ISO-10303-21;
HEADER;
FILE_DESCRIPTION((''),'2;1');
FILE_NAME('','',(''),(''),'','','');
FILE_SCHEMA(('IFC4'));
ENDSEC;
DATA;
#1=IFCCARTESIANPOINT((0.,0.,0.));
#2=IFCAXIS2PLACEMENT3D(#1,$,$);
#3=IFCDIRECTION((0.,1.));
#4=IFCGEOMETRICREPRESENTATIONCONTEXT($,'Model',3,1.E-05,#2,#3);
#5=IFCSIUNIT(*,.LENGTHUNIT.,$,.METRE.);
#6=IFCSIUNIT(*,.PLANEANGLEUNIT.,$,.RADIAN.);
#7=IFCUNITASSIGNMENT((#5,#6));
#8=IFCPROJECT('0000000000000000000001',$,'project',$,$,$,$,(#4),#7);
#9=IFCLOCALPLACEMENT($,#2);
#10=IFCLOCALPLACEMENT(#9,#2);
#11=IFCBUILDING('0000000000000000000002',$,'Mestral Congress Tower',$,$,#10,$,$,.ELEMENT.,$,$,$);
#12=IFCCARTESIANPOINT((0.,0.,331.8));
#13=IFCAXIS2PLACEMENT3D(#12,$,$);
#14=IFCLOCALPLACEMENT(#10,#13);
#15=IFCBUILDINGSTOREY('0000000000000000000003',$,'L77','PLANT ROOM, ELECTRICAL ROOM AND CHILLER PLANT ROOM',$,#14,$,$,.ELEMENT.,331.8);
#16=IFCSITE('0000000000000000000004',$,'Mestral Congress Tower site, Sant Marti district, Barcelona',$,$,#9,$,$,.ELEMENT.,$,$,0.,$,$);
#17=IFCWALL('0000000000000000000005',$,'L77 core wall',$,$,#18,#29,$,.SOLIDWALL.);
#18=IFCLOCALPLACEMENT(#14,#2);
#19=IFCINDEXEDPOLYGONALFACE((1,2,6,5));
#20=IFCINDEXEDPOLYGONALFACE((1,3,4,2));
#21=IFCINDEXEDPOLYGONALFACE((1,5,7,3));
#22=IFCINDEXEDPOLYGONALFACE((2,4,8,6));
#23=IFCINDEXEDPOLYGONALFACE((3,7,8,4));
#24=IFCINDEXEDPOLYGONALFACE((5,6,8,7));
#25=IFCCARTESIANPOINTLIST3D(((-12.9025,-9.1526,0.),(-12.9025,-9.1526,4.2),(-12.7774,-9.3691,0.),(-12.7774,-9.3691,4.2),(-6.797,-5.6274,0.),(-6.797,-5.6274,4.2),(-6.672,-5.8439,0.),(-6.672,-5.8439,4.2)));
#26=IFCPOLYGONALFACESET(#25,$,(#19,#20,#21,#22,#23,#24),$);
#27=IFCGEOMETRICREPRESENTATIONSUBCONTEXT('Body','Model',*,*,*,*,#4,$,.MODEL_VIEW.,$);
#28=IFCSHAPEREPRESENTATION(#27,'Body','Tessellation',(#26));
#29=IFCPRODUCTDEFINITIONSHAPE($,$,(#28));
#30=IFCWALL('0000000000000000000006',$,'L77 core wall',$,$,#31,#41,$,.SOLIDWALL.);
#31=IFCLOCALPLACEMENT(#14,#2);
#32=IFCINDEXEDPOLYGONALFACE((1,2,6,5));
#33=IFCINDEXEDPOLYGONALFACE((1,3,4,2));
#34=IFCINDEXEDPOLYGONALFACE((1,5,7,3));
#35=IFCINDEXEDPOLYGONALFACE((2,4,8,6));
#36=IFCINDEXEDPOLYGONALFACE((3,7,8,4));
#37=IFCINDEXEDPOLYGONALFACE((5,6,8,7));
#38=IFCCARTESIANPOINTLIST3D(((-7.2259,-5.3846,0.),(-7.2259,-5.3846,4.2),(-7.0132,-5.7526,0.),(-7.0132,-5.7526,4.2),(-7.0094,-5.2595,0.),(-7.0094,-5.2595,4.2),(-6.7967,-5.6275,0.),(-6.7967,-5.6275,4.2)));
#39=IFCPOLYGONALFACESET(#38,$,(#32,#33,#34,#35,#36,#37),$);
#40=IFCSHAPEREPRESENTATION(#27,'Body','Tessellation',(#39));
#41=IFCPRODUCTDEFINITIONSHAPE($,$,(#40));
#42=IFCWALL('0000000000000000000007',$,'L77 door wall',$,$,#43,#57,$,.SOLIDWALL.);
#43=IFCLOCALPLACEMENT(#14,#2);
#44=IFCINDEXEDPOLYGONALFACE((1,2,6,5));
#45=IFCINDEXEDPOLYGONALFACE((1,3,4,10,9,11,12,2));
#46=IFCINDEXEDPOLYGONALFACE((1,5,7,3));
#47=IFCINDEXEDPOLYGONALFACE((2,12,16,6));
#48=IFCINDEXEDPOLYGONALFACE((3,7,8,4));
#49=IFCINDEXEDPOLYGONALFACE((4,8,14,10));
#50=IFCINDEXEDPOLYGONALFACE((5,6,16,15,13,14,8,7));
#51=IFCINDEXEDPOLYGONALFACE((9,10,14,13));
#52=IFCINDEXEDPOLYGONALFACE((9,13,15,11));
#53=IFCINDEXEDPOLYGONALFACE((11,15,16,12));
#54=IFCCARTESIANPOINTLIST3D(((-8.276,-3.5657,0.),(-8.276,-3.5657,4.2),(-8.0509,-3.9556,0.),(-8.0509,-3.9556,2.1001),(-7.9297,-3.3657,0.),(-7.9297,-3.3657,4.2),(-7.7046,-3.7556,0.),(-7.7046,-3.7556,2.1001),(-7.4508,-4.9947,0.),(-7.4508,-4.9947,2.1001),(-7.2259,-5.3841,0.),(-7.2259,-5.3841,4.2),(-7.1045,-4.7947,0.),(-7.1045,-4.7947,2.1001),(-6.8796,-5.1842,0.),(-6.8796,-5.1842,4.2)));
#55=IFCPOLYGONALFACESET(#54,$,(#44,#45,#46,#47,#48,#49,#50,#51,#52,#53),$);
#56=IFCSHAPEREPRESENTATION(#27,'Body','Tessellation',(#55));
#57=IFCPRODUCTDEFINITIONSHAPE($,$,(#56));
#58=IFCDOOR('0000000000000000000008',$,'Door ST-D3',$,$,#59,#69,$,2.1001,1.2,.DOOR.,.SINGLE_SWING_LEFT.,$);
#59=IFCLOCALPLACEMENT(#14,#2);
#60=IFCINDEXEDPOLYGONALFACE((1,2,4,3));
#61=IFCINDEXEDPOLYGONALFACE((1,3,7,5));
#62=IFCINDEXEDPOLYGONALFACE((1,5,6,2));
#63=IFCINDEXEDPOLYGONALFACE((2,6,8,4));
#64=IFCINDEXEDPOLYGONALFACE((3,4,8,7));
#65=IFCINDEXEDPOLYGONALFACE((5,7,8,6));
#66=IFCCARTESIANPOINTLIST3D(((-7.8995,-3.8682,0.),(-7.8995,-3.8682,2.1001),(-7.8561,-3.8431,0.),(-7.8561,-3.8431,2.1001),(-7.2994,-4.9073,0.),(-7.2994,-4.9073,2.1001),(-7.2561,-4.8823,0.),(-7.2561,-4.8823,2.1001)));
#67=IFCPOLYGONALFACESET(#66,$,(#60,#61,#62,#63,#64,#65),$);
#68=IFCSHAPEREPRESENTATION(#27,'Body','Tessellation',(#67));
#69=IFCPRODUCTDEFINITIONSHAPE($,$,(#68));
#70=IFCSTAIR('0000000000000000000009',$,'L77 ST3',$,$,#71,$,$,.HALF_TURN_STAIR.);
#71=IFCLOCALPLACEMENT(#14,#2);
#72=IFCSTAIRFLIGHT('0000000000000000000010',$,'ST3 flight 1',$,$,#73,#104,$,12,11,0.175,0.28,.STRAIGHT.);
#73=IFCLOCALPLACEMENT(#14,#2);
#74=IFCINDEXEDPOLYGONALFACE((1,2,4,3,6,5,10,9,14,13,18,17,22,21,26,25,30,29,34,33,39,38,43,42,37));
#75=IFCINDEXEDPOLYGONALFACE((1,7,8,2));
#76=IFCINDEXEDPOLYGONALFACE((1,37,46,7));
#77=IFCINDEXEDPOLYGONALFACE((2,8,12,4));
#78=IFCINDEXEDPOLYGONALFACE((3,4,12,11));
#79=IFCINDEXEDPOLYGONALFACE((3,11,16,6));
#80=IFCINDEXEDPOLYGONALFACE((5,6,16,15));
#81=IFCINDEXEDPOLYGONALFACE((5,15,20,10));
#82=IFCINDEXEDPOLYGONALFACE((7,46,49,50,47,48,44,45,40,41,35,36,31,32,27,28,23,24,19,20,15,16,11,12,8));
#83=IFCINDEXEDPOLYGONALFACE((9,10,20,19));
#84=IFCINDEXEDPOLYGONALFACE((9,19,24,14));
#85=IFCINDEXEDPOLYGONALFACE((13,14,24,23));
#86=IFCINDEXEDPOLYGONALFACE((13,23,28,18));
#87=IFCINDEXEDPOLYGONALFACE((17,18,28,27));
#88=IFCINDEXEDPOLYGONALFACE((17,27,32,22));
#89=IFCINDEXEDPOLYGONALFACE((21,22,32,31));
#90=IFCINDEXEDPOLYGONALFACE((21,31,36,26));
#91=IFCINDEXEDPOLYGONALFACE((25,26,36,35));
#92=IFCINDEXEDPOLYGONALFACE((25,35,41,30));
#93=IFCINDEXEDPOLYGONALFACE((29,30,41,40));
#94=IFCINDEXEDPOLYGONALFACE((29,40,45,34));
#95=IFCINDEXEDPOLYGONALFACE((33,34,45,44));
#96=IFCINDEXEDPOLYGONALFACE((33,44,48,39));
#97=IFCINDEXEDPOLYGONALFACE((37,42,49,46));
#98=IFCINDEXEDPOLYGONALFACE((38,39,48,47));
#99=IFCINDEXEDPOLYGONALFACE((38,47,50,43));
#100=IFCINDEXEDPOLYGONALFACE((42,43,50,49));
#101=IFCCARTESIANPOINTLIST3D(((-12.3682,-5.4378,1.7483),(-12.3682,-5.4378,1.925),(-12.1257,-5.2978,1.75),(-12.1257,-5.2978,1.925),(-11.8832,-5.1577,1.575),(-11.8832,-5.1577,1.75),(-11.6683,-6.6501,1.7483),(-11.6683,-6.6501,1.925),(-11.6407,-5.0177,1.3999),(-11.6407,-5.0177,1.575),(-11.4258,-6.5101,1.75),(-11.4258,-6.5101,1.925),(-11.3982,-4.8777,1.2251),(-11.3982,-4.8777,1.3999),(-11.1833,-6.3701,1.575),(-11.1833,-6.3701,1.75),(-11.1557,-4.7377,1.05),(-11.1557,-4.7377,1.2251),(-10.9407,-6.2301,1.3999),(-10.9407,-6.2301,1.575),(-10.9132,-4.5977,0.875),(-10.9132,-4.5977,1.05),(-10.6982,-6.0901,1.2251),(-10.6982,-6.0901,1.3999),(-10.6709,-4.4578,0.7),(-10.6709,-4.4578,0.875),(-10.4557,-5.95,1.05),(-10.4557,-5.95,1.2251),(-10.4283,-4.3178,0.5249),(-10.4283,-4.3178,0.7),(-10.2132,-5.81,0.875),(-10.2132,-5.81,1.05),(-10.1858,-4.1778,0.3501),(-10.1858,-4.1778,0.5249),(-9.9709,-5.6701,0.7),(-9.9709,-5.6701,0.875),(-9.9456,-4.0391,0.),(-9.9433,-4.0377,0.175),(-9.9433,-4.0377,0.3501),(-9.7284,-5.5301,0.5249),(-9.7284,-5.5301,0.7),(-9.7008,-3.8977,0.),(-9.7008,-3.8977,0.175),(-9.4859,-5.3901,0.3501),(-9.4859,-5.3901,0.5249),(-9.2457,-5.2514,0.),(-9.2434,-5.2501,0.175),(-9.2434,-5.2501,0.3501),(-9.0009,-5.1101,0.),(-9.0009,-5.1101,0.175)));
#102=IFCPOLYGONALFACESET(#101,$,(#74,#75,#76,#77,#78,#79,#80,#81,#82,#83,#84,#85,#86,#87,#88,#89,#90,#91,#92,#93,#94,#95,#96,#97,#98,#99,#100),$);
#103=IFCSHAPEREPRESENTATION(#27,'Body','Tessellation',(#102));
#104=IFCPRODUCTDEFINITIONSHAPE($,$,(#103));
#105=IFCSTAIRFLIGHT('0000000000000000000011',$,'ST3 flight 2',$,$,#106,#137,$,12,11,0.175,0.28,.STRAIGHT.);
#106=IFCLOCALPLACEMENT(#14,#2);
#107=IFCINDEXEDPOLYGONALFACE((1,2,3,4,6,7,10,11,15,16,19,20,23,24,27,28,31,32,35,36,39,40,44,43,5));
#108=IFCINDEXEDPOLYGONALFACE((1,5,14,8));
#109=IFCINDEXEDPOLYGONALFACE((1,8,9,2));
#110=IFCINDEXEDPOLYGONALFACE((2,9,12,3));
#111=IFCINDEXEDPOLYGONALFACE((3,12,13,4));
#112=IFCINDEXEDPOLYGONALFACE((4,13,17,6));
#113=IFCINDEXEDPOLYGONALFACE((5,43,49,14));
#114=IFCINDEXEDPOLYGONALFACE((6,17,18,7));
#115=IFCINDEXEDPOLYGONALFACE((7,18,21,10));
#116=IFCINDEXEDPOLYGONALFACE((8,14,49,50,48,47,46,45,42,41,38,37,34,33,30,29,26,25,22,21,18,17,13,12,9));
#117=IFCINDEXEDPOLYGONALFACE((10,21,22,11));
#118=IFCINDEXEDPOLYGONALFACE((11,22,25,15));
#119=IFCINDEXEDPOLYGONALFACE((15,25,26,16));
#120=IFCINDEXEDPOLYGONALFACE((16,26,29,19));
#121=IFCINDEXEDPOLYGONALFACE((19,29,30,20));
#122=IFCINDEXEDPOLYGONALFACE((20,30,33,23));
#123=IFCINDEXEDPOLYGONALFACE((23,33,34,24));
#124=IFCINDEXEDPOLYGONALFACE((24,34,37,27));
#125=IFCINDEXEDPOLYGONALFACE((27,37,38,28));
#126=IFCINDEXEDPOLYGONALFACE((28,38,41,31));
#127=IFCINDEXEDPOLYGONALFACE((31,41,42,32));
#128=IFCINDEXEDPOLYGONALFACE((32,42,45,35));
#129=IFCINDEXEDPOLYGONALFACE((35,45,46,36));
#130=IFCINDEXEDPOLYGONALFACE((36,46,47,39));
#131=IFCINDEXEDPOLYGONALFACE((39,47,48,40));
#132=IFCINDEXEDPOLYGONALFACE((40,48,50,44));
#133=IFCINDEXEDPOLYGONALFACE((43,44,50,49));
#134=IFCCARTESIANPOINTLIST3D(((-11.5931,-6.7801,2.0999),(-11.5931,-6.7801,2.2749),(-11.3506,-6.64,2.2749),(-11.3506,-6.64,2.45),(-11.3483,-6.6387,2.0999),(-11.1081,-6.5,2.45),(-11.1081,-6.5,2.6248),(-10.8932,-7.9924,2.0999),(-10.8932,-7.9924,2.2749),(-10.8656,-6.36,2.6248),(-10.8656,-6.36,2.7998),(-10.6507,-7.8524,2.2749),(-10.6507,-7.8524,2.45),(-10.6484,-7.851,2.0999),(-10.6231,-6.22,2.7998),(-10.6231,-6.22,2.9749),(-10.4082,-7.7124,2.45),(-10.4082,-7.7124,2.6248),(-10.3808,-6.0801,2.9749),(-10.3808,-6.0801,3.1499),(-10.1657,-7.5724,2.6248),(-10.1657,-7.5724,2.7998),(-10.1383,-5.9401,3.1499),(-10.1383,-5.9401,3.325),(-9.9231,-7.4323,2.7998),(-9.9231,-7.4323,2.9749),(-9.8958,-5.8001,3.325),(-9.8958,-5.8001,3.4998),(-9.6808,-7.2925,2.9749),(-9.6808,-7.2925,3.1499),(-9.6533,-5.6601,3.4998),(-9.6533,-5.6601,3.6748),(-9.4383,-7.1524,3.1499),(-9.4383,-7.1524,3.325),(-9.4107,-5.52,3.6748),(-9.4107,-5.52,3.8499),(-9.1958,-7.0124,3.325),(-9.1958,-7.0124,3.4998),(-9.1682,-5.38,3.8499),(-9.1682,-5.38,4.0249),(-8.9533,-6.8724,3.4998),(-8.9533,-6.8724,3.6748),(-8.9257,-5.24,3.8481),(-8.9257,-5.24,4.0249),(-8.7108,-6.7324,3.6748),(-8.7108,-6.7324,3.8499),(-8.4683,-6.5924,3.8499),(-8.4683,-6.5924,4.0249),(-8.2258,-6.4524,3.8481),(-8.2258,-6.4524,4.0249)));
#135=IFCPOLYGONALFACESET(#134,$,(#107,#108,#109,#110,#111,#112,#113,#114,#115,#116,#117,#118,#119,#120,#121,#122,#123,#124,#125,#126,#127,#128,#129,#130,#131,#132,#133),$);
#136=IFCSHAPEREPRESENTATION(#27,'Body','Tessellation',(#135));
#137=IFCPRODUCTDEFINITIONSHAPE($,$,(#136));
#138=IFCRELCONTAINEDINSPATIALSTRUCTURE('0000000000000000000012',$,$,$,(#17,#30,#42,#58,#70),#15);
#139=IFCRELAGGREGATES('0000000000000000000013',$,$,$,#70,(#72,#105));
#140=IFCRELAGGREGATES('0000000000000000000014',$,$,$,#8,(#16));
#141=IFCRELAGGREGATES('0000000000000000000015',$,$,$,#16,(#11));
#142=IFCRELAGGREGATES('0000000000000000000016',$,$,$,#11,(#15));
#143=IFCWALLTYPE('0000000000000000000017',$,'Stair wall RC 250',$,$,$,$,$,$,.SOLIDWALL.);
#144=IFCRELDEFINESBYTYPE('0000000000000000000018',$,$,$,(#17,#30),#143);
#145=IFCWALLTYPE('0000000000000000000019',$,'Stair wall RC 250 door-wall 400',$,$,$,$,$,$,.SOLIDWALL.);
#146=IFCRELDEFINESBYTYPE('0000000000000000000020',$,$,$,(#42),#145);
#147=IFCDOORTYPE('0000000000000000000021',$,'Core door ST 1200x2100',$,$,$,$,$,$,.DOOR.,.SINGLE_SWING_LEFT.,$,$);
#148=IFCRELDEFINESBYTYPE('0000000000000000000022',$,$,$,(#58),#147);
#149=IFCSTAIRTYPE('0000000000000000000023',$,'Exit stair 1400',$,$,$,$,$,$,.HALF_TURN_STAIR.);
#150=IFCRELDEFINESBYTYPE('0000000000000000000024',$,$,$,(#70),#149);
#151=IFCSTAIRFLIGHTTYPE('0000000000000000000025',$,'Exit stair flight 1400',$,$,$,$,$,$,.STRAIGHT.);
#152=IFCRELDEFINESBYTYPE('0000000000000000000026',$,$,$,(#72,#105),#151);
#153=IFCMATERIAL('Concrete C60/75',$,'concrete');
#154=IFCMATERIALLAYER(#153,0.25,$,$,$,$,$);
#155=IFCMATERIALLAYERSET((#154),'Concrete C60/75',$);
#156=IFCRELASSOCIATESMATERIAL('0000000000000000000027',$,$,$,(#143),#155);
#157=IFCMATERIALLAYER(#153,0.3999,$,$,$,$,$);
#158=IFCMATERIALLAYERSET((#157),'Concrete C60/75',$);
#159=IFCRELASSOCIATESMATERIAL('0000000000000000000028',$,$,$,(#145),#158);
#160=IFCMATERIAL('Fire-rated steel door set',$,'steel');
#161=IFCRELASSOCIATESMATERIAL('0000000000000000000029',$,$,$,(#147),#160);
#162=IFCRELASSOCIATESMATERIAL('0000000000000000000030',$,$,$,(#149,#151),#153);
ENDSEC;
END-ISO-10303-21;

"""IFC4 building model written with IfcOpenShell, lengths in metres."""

from ifc_helpers import new_model, si_unit, direction, frame, frame_2d, origin, place, context, subcontext, project, spatial, polyline, rectangle, outline, extrude, material, layer, layer_set, type_object, element, fill, aggregate, save


model = new_model("IFC4")

# Units and contexts
model_context = context("Model", 3, precision=1e-05, world=origin(), true_north=direction((0.0, 1.0)))
body_context = subcontext(model_context, "Body", "Model", "MODEL_VIEW")
ifc_project = project(units=[si_unit("LENGTHUNIT", "METRE"), si_unit("PLANEANGLEUNIT", "RADIAN")], contexts=[model_context])

# Site, building, storey
site_placement = place(None, origin())
site = spatial("IfcSite", under=ifc_project, at=site_placement, Name="Mestral Congress Tower site, Sant Marti district, Barcelona", CompositionType="ELEMENT", RefElevation=0.0)
building_placement = place(site_placement, origin())
building = spatial("IfcBuilding", under=site, at=building_placement, Name="Mestral Congress Tower", CompositionType="ELEMENT")
storey_placement = place(building_placement, frame((0.0, 0.0, 331.8)))
storey = spatial("IfcBuildingStorey", under=building, at=storey_placement, Name="L77", Description="PLANT ROOM, ELECTRICAL ROOM AND CHILLER PLANT ROOM", CompositionType="ELEMENT", Elevation=331.8)

# Shared definitions
ifc_material_1 = material(Name="Concrete C60/75", Category="concrete")

# Shared definitions
ifc_material_2 = material(Name="Fire-rated steel door set", Category="steel")

# Walls
ifc_layer_1 = layer(ifc_material_1, 0.25)
ifc_layer_set_1 = layer_set([ifc_layer_1], Name="Concrete C60/75")
wall_type_1 = type_object("IfcWallType", Name="Stair wall RC 250", PredefinedType="SOLIDWALL", material=ifc_layer_set_1)
wall_1_placement = place(storey_placement, frame((-12.8398, -9.2607, 0.0), z_axis=(0.0, 0.0, 1.0), x_axis=(0.866016, 0.500016, 0.0)))
element("IfcWall", 1, at=wall_1_placement, inside=storey, type_object=wall_type_1, Name="L77 core wall", PredefinedType="SOLIDWALL", context=body_context, shape_type="SweptSolid", body=[
    extrude(rectangle(XDim=7.05, YDim=0.25, at=frame_2d((3.5249, 0.0))), origin(), (0.0, 0.0, 1.0), 4.2),
])
wall_2_placement = place(storey_placement, frame((-6.905, -5.6899, 0.0), z_axis=(0.0, 0.0, 1.0), x_axis=(-0.500402, 0.865793, 0.0)))
element("IfcWall", 2, at=wall_2_placement, inside=storey, type_object=wall_type_1, Name="L77 core wall", PredefinedType="SOLIDWALL", context=body_context, shape_type="SweptSolid", body=[
    extrude(rectangle(XDim=0.425, YDim=0.25, at=frame_2d((0.2124, 0.0))), origin(), (0.0, 0.0, 1.0), 4.2),
])

# Wall, opening, door
ifc_layer_2 = layer(ifc_material_1, 0.3999)
ifc_layer_set_2 = layer_set([ifc_layer_2], Name="Concrete C60/75")
wall_type_2 = type_object("IfcWallType", Name="Stair wall RC 250 door-wall 400", PredefinedType="SOLIDWALL", material=ifc_layer_set_2)
wall_3_placement = place(storey_placement, frame((-8.1028, -3.4658, 0.0), z_axis=(0.0, 0.0, 1.0), x_axis=(0.500078, -0.86598, 0.0)))
wall_3 = element("IfcWall", 3, at=wall_3_placement, inside=storey, type_object=wall_type_2, Name="L77 door wall", PredefinedType="SOLIDWALL", context=body_context, shape_type="SweptSolid", body=[
    extrude(rectangle(XDim=2.0999, YDim=0.3999, at=frame_2d((1.0498, 0.0))), origin(), (0.0, 0.0, 1.0), 4.2),
])
opening_1_placement = place(wall_3_placement, frame((0.45, 0.0, 0.0)))
opening_1 = element("IfcOpeningElement", 4, at=opening_1_placement, cuts=wall_3, PredefinedType="OPENING", context=body_context, shape_type="SweptSolid", body=[
    extrude(rectangle(XDim=1.2, YDim=2.1001, at=frame_2d((0.6001, 1.05))), frame((0.0, 0.21, 0.0), z_axis=(0.0, -1.0, 0.0), x_axis=(1.0, 0.0, 0.0)), (0.0, 0.0, 1.0), 0.4199),
])
door_type_1 = type_object("IfcDoorType", Name="Core door ST 1200x2100", OperationType="SINGLE_SWING_LEFT", PredefinedType="DOOR", material=ifc_material_2)
door_1_placement = place(opening_1_placement, origin())
door_1 = element("IfcDoor", 5, at=door_1_placement, inside=storey, type_object=door_type_1, Name="Door ST-D3", OperationType="SINGLE_SWING_LEFT", OverallHeight=2.1001, OverallWidth=1.2, PredefinedType="DOOR", context=body_context, shape_type="SweptSolid", body=[
    extrude(rectangle(XDim=1.2, YDim=2.1001, at=frame_2d((0.6001, 1.05))), frame((0.0, 0.0249, 0.0), z_axis=(0.0, -1.0, 0.0), x_axis=(1.0, 0.0, 0.0)), (0.0, 0.0, 1.0), 0.05),
])
fill(opening_1, door_1)

# Stair, stair flights
stair_type = type_object("IfcStairType", Name="Exit stair 1400", PredefinedType="HALF_TURN_STAIR", material=ifc_material_1)
stair_placement = place(storey_placement, origin())
stair = element("IfcStair", 6, at=stair_placement, inside=storey, type_object=stair_type, Name="L77 ST3", PredefinedType="HALF_TURN_STAIR")
stair_flight_type = type_object("IfcStairFlightType", Name="Exit stair flight 1400", PredefinedType="STRAIGHT", material=ifc_material_1)
stair_flight_1_placement = place(storey_placement, frame((-9.3508, -4.5039, 0.0), z_axis=(0.0, 0.0, 1.0), x_axis=(-0.866025, -0.5, 0.0)))
stair_flight_1 = element("IfcStairFlight", 7, at=stair_flight_1_placement, type_object=stair_flight_type, Name="ST3 flight 1", NumberOfRisers=12, NumberOfTreads=11, PredefinedType="STRAIGHT", RiserHeight=0.175, TreadLength=0.28, context=body_context, shape_type="SweptSolid", body=[
    extrude(outline(polyline([(0.0, 0.0), (0.0, 0.175), (0.28, 0.175), (0.28, 0.3501), (0.5601, 0.3501), (0.5601, 0.5249), (0.8401, 0.5249), (0.8401, 0.7), (1.1201, 0.7), (1.1201, 0.875), (1.3999, 0.875), (1.3999, 1.05), (1.6799, 1.05), (1.6799, 1.2251), (1.96, 1.2251), (1.96, 1.3999), (2.24, 1.3999), (2.24, 1.575), (2.52, 1.575), (2.52, 1.75), (2.8, 1.75), (2.8, 1.925), (3.0801, 1.925), (3.0801, 2.1001), (3.0801, 1.7483), (0.2827, 0.0), (0.0, 0.0)])), frame((0.0, 0.7, 0.0), z_axis=(0.0, -1.0, 0.0), x_axis=(1.0, 0.0, 0.0)), (0.0, 0.0, 1.0), 1.3999),
])
stair_flight_2_placement = place(storey_placement, frame((-11.2432, -7.3862, 2.0999), z_axis=(0.0, 0.0, 1.0), x_axis=(0.866025, 0.5, 0.0)))
stair_flight_2 = element("IfcStairFlight", 8, at=stair_flight_2_placement, type_object=stair_flight_type, Name="ST3 flight 2", NumberOfRisers=12, NumberOfTreads=11, PredefinedType="STRAIGHT", RiserHeight=0.175, TreadLength=0.28, context=body_context, shape_type="SweptSolid", body=[
    extrude(outline(polyline([(0.0, 0.0), (0.0, 0.175), (0.28, 0.175), (0.28, 0.3501), (0.5601, 0.3501), (0.5601, 0.5249), (0.8401, 0.5249), (0.8401, 0.7), (1.1201, 0.7), (1.1201, 0.875), (1.3999, 0.875), (1.3999, 1.05), (1.6799, 1.05), (1.6799, 1.2251), (1.96, 1.2251), (1.96, 1.3999), (2.24, 1.3999), (2.24, 1.575), (2.52, 1.575), (2.52, 1.75), (2.8, 1.75), (2.8, 1.925), (3.0801, 1.925), (3.0801, 2.1001), (3.0801, 1.7483), (0.2827, 0.0), (0.0, 0.0)])), frame((0.0, 0.7, 0.0), z_axis=(0.0, -1.0, 0.0), x_axis=(1.0, 0.0, 0.0)), (0.0, 0.0, 1.0), 1.3999),
])
aggregate(stair, [stair_flight_1, stair_flight_2])

save(model, "model.ifc")
